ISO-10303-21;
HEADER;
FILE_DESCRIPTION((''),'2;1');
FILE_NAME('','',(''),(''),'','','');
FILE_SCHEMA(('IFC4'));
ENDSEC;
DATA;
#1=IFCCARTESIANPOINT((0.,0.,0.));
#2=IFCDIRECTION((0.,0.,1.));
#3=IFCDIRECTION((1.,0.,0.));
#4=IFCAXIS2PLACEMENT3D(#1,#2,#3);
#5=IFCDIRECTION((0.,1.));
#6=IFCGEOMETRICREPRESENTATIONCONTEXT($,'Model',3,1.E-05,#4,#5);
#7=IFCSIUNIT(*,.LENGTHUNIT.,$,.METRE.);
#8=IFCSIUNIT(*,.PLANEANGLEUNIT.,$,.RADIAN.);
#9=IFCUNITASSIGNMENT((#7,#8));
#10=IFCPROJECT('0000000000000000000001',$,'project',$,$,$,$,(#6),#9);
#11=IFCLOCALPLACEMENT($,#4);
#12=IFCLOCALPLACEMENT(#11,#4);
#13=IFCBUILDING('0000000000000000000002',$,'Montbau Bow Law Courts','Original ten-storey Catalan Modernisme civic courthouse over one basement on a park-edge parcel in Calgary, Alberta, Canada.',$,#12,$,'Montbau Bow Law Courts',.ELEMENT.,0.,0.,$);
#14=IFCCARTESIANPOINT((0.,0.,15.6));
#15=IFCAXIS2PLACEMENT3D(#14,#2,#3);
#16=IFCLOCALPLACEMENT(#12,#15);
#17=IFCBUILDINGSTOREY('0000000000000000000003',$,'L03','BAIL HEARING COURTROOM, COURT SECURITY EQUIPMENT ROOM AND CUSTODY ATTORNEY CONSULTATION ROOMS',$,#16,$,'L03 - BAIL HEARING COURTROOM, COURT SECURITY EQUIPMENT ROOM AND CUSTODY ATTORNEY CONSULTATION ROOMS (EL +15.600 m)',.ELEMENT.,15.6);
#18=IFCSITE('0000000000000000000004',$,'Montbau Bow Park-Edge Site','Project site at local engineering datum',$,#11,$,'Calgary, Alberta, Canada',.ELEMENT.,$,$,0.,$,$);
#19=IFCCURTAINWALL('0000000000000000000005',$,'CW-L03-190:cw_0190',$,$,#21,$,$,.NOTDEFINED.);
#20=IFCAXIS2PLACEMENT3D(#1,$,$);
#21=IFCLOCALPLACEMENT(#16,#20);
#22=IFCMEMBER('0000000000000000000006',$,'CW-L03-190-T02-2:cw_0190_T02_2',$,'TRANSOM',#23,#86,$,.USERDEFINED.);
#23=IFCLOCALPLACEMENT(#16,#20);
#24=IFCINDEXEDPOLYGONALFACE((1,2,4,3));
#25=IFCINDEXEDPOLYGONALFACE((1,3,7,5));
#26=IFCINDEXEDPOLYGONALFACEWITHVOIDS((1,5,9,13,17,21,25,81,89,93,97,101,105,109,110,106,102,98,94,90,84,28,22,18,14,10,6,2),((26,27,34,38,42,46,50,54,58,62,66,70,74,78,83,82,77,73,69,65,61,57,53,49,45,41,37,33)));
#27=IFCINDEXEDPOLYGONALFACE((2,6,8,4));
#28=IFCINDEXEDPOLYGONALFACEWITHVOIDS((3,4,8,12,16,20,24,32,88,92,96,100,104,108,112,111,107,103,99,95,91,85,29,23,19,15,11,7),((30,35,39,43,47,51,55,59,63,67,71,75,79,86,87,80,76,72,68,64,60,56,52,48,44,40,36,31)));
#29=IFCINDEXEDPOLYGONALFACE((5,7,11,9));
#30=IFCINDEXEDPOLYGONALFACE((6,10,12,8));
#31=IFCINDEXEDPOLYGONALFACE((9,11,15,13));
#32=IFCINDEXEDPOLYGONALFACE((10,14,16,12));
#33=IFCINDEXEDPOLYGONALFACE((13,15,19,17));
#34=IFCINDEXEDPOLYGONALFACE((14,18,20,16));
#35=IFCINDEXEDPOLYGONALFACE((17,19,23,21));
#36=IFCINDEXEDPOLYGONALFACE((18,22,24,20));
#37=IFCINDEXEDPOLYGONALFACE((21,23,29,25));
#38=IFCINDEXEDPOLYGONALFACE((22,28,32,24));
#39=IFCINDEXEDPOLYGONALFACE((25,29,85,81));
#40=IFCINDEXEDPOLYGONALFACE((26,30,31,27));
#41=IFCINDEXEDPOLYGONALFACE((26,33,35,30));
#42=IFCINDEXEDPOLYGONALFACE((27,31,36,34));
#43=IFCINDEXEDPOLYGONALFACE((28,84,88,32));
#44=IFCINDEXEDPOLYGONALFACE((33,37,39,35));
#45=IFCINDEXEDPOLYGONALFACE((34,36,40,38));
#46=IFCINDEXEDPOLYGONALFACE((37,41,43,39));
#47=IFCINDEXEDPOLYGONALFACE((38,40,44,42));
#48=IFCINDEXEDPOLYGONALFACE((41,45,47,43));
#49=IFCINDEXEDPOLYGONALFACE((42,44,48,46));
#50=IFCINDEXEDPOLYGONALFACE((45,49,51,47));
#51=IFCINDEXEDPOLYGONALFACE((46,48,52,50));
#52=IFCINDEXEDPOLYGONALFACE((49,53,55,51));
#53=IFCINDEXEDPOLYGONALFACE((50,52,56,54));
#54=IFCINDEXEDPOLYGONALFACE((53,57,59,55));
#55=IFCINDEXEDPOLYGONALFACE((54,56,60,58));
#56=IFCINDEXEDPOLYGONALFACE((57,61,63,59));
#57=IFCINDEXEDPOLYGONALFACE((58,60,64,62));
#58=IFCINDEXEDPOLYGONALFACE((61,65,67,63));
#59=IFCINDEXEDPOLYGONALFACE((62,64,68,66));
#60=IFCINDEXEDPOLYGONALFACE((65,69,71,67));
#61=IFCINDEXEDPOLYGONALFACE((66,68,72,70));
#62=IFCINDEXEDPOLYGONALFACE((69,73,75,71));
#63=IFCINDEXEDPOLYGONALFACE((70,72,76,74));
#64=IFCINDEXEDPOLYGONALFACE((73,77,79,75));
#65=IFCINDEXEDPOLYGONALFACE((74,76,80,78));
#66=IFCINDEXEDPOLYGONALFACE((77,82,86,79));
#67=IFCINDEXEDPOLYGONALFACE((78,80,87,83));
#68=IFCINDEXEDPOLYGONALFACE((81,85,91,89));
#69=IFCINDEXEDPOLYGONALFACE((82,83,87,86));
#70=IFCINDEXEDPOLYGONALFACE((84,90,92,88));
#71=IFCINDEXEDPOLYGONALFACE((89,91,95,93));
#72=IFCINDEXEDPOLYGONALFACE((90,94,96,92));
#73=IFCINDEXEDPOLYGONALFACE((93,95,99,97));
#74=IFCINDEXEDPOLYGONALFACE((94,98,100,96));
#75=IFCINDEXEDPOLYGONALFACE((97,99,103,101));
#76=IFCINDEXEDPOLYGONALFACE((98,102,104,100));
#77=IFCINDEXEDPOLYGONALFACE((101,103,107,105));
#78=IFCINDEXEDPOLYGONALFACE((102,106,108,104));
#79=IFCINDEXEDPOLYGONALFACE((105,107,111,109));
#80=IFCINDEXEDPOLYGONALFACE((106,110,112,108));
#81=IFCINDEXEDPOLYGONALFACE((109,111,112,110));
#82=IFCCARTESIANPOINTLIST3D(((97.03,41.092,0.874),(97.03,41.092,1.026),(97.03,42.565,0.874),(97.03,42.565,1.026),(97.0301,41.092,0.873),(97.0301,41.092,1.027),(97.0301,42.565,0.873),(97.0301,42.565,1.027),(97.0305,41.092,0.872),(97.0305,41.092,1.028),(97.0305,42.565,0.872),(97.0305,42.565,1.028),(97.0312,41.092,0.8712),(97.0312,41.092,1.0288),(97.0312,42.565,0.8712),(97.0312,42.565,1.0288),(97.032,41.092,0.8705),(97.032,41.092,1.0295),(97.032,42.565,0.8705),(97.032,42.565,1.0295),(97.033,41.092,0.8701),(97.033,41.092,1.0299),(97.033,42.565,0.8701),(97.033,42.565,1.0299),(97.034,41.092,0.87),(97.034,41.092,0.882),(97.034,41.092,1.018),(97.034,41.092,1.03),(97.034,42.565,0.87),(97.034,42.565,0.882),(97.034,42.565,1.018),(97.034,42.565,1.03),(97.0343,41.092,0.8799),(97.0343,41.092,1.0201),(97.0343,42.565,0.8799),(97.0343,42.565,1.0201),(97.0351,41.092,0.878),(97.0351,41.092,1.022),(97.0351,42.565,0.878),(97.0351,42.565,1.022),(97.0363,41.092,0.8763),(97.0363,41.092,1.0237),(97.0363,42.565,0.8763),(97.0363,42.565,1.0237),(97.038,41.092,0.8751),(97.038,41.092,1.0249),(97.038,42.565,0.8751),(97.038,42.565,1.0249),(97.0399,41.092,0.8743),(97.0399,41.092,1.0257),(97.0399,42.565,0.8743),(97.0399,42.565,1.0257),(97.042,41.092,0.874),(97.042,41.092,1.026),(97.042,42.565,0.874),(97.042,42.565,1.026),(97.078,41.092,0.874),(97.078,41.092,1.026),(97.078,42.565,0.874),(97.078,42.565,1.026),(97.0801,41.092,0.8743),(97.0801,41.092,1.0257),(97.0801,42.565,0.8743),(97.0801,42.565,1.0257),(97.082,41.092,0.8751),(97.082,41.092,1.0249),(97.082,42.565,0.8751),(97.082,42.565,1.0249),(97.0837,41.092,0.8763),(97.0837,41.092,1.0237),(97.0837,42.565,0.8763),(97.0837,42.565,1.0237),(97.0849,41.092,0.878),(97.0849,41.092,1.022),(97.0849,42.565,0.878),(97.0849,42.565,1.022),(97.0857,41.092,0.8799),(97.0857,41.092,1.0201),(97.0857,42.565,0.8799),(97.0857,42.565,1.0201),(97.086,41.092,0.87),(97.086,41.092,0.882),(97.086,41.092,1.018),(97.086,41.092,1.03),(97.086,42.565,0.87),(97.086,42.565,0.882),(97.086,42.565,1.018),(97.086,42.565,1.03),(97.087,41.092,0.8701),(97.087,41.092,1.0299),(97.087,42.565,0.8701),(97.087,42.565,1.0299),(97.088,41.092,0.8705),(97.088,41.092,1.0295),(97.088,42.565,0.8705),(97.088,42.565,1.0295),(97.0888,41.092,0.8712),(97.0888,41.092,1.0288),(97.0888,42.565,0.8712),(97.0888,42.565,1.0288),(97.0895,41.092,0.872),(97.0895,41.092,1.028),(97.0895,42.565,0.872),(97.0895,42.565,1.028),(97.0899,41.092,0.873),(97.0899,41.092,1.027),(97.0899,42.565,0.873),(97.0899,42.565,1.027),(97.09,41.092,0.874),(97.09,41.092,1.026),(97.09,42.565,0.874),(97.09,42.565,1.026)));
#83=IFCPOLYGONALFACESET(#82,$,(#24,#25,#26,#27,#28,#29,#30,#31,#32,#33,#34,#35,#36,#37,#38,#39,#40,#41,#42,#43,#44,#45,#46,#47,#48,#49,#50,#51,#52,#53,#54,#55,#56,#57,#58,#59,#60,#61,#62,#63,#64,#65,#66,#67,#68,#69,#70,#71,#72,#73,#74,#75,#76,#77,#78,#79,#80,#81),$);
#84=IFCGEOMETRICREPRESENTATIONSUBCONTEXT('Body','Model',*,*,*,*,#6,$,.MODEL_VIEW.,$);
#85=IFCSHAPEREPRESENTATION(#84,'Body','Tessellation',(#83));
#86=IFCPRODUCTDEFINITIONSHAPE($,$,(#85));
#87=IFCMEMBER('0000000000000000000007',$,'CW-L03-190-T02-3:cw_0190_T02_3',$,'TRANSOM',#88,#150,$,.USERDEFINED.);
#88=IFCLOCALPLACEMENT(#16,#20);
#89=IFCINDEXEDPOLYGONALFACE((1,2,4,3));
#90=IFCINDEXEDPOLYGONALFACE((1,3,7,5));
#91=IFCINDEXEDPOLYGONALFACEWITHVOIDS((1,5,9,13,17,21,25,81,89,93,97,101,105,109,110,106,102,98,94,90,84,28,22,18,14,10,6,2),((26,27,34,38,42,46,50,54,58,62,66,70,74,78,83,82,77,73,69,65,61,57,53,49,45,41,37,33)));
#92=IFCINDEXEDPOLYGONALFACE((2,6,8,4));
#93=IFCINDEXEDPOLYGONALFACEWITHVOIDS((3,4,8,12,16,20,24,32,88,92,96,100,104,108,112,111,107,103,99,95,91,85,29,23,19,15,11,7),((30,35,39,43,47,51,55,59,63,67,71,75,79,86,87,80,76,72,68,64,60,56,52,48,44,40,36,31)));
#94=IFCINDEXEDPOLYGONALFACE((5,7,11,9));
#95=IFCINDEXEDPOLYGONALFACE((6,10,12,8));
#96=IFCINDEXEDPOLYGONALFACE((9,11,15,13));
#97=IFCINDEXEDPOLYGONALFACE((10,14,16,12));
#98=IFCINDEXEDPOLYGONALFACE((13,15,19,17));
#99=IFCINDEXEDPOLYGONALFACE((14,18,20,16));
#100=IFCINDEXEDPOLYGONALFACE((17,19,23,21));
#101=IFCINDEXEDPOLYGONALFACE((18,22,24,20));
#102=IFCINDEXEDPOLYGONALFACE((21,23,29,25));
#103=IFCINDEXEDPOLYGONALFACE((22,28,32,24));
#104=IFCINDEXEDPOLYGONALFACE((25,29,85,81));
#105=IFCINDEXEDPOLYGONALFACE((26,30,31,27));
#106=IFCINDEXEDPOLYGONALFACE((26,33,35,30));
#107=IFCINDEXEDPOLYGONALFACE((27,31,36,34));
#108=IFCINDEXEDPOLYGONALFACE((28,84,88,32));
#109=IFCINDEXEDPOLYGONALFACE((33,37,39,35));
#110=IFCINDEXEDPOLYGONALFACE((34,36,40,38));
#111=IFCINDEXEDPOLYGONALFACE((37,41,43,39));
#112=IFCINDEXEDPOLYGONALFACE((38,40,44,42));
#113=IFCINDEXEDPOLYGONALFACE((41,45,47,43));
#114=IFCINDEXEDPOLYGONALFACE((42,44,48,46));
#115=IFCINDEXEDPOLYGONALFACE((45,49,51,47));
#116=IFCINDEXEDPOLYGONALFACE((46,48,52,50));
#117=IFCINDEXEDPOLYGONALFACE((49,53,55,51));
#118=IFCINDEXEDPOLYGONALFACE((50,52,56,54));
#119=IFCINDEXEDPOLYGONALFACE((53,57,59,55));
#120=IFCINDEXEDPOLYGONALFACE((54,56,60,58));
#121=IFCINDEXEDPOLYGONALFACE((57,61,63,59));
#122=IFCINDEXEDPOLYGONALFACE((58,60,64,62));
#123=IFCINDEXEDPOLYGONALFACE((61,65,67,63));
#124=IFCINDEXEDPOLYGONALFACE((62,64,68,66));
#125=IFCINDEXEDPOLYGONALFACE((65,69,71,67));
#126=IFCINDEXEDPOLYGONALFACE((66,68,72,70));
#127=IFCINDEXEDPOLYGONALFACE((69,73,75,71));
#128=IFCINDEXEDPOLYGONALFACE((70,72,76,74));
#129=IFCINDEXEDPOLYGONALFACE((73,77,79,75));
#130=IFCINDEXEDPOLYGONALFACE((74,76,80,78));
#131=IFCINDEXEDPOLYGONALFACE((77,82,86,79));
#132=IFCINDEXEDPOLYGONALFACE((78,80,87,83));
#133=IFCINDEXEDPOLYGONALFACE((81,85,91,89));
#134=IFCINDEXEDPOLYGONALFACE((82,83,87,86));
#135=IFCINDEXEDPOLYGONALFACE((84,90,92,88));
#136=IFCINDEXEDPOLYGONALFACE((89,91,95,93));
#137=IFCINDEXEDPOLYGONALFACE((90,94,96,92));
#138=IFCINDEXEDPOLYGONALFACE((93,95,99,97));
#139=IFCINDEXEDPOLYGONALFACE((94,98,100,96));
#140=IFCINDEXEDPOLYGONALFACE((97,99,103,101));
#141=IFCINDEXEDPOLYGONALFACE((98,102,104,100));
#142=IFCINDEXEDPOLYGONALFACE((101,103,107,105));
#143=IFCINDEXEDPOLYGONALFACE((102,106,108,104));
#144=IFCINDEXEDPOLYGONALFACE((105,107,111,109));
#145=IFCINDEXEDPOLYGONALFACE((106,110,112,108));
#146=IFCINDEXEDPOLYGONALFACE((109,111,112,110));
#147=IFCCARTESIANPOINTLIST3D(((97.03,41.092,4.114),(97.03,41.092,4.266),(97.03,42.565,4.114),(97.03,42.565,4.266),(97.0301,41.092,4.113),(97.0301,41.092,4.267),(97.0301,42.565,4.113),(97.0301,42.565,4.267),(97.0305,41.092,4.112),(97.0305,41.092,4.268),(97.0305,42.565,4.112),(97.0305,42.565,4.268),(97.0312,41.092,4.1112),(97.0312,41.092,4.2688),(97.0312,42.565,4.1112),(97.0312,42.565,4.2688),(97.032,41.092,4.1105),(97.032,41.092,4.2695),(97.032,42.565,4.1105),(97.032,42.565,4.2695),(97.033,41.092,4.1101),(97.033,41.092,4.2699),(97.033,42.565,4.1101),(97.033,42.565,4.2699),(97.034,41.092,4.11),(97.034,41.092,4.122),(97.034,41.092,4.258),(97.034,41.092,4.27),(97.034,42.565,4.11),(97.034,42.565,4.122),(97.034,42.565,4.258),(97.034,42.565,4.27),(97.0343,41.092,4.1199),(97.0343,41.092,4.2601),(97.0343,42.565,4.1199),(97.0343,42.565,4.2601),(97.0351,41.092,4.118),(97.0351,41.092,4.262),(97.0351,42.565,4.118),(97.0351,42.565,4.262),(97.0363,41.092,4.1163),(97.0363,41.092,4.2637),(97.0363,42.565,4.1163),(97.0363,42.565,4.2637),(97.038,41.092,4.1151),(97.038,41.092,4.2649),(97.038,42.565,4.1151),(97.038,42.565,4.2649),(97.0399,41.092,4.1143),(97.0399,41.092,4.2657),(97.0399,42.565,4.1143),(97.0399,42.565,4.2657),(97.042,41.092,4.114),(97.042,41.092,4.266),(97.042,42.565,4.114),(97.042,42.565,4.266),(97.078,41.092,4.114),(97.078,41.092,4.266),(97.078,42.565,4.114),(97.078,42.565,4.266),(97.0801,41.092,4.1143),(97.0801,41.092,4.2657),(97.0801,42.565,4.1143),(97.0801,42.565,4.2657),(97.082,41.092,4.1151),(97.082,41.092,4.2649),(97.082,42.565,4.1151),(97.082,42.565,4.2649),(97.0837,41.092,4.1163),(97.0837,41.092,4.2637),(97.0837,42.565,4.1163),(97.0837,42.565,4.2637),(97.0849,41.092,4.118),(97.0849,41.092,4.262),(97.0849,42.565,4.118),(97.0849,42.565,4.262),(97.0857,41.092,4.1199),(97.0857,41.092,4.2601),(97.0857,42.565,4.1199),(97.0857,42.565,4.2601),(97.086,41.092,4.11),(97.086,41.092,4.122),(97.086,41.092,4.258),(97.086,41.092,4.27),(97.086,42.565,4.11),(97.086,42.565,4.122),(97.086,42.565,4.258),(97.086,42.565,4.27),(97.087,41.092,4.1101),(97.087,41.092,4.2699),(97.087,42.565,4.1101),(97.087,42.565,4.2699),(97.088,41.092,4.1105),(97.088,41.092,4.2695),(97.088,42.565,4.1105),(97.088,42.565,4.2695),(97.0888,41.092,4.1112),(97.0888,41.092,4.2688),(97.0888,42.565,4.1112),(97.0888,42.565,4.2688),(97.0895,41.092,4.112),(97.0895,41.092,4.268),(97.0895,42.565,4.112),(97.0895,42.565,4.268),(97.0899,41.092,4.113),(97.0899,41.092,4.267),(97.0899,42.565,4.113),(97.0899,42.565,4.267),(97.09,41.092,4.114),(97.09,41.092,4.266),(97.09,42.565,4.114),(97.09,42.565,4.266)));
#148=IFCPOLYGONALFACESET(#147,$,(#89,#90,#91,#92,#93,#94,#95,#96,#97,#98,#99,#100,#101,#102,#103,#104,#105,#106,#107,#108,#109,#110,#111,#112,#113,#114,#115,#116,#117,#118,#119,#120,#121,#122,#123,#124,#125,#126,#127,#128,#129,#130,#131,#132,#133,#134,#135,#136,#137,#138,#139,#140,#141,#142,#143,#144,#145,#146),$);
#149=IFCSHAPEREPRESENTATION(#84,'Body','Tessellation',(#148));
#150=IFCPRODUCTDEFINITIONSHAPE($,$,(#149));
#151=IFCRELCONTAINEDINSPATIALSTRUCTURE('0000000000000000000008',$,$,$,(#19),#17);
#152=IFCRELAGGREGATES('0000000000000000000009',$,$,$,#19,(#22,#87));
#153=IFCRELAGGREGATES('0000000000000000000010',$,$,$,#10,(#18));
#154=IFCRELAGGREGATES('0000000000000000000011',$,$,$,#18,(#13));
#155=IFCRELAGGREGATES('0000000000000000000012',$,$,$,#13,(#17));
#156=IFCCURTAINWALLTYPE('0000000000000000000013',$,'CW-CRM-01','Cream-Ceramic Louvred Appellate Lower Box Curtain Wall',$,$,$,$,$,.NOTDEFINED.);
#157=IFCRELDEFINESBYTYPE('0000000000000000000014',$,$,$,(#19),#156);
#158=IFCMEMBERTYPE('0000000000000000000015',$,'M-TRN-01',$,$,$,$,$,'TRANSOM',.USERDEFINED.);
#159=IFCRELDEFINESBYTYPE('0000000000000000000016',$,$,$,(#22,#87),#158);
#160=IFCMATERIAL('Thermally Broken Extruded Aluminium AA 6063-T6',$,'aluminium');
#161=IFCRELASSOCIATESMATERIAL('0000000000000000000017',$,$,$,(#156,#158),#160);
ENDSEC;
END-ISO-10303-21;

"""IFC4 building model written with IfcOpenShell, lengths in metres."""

from ifc_helpers import new_model, si_unit, direction, frame, origin_with_axes, origin_2d_with_axis, place, context, subcontext, project, spatial, hollow_rectangle, extrude, material, material_profile, profile_set, type_object, element, aggregate, save


model = new_model("IFC4")

# Units and contexts
model_context = context("Model", 3, precision=1e-05, world=origin_with_axes(), true_north=direction((0.0, 1.0)))
body_context = subcontext(model_context, "Body", "Model", "MODEL_VIEW")
ifc_project = project(units=[si_unit("LENGTHUNIT", "METRE"), si_unit("PLANEANGLEUNIT", "RADIAN")], contexts=[model_context])

# Site, building, storey
site_placement = place(None, origin_with_axes())
site = spatial("IfcSite", under=ifc_project, at=site_placement, Name="Montbau Bow Park-Edge Site", Description="Project site at local engineering datum", LongName="Calgary, Alberta, Canada", CompositionType="ELEMENT", RefElevation=0.0)
building_placement = place(site_placement, origin_with_axes())
building = spatial("IfcBuilding", under=site, at=building_placement, Name="Montbau Bow Law Courts", Description="Original ten-storey Catalan Modernisme civic courthouse over one basement on a park-edge parcel in Calgary, Alberta, Canada.", LongName="Montbau Bow Law Courts", CompositionType="ELEMENT", ElevationOfRefHeight=0.0, ElevationOfTerrain=0.0)
storey_placement = place(building_placement, frame((0.0, 0.0, 15.6), z_axis=(0.0, 0.0, 1.0), x_axis=(1.0, 0.0, 0.0)))
storey = spatial("IfcBuildingStorey", under=building, at=storey_placement, Name="L03", Description="BAIL HEARING COURTROOM, COURT SECURITY EQUIPMENT ROOM AND CUSTODY ATTORNEY CONSULTATION ROOMS", LongName="L03 - BAIL HEARING COURTROOM, COURT SECURITY EQUIPMENT ROOM AND CUSTODY ATTORNEY CONSULTATION ROOMS (EL +15.600 m)", CompositionType="ELEMENT", Elevation=15.6)

# Shared definitions
ifc_material_1 = material(Name="Thermally Broken Extruded Aluminium AA 6063-T6", Category="aluminium")
curtain_wall_type = type_object("IfcCurtainWallType", Name="CW-CRM-01", Description="Cream-Ceramic Louvred Appellate Lower Box Curtain Wall", PredefinedType="NOTDEFINED", material=ifc_material_1)

# Curtain wall
curtain_wall_1_placement = place(None, frame((97.06, 39.515, 15.6), z_axis=(0.0, 0.0, 1.0), x_axis=(1.0, 0.0, 0.0)))
curtain_wall_1 = element("IfcCurtainWall", 1, at=curtain_wall_1_placement, inside=storey, type_object=curtain_wall_type, Name="CW-L03-190:cw_0190", PredefinedType="NOTDEFINED")

# Members
ifc_material_profile_1 = material_profile(ifc_material_1, hollow_rectangle(XDim=0.06, YDim=0.16, WallThickness=0.004, InnerFilletRadius=0.008, OuterFilletRadius=0.004, at=origin_2d_with_axis()), Name="CWT-160X60", Category="Main", Priority=0)
ifc_profile_set_1 = profile_set([ifc_material_profile_1], Name="Thermally Broken Extruded Aluminium AA 6063-T6")
member_type_1 = type_object("IfcMemberType", Name="M-TRN-01", ElementType="TRANSOM", PredefinedType="USERDEFINED", material=ifc_profile_set_1)
member_1_placement = place(None, frame((97.06, 41.092, 16.55), z_axis=(0.0, 1.0, 0.0), x_axis=(-1.0, 0.0, 0.0)))
member_1 = element("IfcMember", 2, at=member_1_placement, type_object=member_type_1, Name="CW-L03-190-T02-2:cw_0190_T02_2", ObjectType="TRANSOM", PredefinedType="USERDEFINED", context=body_context, shape_type="SweptSolid", body=[
    extrude(hollow_rectangle(XDim=0.06, YDim=0.16, WallThickness=0.004, InnerFilletRadius=0.008, OuterFilletRadius=0.004, at=origin_2d_with_axis()), origin_with_axes(), (0.0, 0.0, 1.0), 1.473),
])
member_2_placement = place(None, frame((97.06, 41.092, 19.79), z_axis=(0.0, 1.0, 0.0), x_axis=(-1.0, 0.0, 0.0)))
member_2 = element("IfcMember", 3, at=member_2_placement, type_object=member_type_1, Name="CW-L03-190-T02-3:cw_0190_T02_3", ObjectType="TRANSOM", PredefinedType="USERDEFINED", context=body_context, shape_type="SweptSolid", body=[
    extrude(hollow_rectangle(XDim=0.06, YDim=0.16, WallThickness=0.004, InnerFilletRadius=0.008, OuterFilletRadius=0.004, at=origin_2d_with_axis()), origin_with_axes(), (0.0, 0.0, 1.0), 1.473),
])

aggregate(curtain_wall_1, [member_1, member_2])

save(model, "model.ifc")
